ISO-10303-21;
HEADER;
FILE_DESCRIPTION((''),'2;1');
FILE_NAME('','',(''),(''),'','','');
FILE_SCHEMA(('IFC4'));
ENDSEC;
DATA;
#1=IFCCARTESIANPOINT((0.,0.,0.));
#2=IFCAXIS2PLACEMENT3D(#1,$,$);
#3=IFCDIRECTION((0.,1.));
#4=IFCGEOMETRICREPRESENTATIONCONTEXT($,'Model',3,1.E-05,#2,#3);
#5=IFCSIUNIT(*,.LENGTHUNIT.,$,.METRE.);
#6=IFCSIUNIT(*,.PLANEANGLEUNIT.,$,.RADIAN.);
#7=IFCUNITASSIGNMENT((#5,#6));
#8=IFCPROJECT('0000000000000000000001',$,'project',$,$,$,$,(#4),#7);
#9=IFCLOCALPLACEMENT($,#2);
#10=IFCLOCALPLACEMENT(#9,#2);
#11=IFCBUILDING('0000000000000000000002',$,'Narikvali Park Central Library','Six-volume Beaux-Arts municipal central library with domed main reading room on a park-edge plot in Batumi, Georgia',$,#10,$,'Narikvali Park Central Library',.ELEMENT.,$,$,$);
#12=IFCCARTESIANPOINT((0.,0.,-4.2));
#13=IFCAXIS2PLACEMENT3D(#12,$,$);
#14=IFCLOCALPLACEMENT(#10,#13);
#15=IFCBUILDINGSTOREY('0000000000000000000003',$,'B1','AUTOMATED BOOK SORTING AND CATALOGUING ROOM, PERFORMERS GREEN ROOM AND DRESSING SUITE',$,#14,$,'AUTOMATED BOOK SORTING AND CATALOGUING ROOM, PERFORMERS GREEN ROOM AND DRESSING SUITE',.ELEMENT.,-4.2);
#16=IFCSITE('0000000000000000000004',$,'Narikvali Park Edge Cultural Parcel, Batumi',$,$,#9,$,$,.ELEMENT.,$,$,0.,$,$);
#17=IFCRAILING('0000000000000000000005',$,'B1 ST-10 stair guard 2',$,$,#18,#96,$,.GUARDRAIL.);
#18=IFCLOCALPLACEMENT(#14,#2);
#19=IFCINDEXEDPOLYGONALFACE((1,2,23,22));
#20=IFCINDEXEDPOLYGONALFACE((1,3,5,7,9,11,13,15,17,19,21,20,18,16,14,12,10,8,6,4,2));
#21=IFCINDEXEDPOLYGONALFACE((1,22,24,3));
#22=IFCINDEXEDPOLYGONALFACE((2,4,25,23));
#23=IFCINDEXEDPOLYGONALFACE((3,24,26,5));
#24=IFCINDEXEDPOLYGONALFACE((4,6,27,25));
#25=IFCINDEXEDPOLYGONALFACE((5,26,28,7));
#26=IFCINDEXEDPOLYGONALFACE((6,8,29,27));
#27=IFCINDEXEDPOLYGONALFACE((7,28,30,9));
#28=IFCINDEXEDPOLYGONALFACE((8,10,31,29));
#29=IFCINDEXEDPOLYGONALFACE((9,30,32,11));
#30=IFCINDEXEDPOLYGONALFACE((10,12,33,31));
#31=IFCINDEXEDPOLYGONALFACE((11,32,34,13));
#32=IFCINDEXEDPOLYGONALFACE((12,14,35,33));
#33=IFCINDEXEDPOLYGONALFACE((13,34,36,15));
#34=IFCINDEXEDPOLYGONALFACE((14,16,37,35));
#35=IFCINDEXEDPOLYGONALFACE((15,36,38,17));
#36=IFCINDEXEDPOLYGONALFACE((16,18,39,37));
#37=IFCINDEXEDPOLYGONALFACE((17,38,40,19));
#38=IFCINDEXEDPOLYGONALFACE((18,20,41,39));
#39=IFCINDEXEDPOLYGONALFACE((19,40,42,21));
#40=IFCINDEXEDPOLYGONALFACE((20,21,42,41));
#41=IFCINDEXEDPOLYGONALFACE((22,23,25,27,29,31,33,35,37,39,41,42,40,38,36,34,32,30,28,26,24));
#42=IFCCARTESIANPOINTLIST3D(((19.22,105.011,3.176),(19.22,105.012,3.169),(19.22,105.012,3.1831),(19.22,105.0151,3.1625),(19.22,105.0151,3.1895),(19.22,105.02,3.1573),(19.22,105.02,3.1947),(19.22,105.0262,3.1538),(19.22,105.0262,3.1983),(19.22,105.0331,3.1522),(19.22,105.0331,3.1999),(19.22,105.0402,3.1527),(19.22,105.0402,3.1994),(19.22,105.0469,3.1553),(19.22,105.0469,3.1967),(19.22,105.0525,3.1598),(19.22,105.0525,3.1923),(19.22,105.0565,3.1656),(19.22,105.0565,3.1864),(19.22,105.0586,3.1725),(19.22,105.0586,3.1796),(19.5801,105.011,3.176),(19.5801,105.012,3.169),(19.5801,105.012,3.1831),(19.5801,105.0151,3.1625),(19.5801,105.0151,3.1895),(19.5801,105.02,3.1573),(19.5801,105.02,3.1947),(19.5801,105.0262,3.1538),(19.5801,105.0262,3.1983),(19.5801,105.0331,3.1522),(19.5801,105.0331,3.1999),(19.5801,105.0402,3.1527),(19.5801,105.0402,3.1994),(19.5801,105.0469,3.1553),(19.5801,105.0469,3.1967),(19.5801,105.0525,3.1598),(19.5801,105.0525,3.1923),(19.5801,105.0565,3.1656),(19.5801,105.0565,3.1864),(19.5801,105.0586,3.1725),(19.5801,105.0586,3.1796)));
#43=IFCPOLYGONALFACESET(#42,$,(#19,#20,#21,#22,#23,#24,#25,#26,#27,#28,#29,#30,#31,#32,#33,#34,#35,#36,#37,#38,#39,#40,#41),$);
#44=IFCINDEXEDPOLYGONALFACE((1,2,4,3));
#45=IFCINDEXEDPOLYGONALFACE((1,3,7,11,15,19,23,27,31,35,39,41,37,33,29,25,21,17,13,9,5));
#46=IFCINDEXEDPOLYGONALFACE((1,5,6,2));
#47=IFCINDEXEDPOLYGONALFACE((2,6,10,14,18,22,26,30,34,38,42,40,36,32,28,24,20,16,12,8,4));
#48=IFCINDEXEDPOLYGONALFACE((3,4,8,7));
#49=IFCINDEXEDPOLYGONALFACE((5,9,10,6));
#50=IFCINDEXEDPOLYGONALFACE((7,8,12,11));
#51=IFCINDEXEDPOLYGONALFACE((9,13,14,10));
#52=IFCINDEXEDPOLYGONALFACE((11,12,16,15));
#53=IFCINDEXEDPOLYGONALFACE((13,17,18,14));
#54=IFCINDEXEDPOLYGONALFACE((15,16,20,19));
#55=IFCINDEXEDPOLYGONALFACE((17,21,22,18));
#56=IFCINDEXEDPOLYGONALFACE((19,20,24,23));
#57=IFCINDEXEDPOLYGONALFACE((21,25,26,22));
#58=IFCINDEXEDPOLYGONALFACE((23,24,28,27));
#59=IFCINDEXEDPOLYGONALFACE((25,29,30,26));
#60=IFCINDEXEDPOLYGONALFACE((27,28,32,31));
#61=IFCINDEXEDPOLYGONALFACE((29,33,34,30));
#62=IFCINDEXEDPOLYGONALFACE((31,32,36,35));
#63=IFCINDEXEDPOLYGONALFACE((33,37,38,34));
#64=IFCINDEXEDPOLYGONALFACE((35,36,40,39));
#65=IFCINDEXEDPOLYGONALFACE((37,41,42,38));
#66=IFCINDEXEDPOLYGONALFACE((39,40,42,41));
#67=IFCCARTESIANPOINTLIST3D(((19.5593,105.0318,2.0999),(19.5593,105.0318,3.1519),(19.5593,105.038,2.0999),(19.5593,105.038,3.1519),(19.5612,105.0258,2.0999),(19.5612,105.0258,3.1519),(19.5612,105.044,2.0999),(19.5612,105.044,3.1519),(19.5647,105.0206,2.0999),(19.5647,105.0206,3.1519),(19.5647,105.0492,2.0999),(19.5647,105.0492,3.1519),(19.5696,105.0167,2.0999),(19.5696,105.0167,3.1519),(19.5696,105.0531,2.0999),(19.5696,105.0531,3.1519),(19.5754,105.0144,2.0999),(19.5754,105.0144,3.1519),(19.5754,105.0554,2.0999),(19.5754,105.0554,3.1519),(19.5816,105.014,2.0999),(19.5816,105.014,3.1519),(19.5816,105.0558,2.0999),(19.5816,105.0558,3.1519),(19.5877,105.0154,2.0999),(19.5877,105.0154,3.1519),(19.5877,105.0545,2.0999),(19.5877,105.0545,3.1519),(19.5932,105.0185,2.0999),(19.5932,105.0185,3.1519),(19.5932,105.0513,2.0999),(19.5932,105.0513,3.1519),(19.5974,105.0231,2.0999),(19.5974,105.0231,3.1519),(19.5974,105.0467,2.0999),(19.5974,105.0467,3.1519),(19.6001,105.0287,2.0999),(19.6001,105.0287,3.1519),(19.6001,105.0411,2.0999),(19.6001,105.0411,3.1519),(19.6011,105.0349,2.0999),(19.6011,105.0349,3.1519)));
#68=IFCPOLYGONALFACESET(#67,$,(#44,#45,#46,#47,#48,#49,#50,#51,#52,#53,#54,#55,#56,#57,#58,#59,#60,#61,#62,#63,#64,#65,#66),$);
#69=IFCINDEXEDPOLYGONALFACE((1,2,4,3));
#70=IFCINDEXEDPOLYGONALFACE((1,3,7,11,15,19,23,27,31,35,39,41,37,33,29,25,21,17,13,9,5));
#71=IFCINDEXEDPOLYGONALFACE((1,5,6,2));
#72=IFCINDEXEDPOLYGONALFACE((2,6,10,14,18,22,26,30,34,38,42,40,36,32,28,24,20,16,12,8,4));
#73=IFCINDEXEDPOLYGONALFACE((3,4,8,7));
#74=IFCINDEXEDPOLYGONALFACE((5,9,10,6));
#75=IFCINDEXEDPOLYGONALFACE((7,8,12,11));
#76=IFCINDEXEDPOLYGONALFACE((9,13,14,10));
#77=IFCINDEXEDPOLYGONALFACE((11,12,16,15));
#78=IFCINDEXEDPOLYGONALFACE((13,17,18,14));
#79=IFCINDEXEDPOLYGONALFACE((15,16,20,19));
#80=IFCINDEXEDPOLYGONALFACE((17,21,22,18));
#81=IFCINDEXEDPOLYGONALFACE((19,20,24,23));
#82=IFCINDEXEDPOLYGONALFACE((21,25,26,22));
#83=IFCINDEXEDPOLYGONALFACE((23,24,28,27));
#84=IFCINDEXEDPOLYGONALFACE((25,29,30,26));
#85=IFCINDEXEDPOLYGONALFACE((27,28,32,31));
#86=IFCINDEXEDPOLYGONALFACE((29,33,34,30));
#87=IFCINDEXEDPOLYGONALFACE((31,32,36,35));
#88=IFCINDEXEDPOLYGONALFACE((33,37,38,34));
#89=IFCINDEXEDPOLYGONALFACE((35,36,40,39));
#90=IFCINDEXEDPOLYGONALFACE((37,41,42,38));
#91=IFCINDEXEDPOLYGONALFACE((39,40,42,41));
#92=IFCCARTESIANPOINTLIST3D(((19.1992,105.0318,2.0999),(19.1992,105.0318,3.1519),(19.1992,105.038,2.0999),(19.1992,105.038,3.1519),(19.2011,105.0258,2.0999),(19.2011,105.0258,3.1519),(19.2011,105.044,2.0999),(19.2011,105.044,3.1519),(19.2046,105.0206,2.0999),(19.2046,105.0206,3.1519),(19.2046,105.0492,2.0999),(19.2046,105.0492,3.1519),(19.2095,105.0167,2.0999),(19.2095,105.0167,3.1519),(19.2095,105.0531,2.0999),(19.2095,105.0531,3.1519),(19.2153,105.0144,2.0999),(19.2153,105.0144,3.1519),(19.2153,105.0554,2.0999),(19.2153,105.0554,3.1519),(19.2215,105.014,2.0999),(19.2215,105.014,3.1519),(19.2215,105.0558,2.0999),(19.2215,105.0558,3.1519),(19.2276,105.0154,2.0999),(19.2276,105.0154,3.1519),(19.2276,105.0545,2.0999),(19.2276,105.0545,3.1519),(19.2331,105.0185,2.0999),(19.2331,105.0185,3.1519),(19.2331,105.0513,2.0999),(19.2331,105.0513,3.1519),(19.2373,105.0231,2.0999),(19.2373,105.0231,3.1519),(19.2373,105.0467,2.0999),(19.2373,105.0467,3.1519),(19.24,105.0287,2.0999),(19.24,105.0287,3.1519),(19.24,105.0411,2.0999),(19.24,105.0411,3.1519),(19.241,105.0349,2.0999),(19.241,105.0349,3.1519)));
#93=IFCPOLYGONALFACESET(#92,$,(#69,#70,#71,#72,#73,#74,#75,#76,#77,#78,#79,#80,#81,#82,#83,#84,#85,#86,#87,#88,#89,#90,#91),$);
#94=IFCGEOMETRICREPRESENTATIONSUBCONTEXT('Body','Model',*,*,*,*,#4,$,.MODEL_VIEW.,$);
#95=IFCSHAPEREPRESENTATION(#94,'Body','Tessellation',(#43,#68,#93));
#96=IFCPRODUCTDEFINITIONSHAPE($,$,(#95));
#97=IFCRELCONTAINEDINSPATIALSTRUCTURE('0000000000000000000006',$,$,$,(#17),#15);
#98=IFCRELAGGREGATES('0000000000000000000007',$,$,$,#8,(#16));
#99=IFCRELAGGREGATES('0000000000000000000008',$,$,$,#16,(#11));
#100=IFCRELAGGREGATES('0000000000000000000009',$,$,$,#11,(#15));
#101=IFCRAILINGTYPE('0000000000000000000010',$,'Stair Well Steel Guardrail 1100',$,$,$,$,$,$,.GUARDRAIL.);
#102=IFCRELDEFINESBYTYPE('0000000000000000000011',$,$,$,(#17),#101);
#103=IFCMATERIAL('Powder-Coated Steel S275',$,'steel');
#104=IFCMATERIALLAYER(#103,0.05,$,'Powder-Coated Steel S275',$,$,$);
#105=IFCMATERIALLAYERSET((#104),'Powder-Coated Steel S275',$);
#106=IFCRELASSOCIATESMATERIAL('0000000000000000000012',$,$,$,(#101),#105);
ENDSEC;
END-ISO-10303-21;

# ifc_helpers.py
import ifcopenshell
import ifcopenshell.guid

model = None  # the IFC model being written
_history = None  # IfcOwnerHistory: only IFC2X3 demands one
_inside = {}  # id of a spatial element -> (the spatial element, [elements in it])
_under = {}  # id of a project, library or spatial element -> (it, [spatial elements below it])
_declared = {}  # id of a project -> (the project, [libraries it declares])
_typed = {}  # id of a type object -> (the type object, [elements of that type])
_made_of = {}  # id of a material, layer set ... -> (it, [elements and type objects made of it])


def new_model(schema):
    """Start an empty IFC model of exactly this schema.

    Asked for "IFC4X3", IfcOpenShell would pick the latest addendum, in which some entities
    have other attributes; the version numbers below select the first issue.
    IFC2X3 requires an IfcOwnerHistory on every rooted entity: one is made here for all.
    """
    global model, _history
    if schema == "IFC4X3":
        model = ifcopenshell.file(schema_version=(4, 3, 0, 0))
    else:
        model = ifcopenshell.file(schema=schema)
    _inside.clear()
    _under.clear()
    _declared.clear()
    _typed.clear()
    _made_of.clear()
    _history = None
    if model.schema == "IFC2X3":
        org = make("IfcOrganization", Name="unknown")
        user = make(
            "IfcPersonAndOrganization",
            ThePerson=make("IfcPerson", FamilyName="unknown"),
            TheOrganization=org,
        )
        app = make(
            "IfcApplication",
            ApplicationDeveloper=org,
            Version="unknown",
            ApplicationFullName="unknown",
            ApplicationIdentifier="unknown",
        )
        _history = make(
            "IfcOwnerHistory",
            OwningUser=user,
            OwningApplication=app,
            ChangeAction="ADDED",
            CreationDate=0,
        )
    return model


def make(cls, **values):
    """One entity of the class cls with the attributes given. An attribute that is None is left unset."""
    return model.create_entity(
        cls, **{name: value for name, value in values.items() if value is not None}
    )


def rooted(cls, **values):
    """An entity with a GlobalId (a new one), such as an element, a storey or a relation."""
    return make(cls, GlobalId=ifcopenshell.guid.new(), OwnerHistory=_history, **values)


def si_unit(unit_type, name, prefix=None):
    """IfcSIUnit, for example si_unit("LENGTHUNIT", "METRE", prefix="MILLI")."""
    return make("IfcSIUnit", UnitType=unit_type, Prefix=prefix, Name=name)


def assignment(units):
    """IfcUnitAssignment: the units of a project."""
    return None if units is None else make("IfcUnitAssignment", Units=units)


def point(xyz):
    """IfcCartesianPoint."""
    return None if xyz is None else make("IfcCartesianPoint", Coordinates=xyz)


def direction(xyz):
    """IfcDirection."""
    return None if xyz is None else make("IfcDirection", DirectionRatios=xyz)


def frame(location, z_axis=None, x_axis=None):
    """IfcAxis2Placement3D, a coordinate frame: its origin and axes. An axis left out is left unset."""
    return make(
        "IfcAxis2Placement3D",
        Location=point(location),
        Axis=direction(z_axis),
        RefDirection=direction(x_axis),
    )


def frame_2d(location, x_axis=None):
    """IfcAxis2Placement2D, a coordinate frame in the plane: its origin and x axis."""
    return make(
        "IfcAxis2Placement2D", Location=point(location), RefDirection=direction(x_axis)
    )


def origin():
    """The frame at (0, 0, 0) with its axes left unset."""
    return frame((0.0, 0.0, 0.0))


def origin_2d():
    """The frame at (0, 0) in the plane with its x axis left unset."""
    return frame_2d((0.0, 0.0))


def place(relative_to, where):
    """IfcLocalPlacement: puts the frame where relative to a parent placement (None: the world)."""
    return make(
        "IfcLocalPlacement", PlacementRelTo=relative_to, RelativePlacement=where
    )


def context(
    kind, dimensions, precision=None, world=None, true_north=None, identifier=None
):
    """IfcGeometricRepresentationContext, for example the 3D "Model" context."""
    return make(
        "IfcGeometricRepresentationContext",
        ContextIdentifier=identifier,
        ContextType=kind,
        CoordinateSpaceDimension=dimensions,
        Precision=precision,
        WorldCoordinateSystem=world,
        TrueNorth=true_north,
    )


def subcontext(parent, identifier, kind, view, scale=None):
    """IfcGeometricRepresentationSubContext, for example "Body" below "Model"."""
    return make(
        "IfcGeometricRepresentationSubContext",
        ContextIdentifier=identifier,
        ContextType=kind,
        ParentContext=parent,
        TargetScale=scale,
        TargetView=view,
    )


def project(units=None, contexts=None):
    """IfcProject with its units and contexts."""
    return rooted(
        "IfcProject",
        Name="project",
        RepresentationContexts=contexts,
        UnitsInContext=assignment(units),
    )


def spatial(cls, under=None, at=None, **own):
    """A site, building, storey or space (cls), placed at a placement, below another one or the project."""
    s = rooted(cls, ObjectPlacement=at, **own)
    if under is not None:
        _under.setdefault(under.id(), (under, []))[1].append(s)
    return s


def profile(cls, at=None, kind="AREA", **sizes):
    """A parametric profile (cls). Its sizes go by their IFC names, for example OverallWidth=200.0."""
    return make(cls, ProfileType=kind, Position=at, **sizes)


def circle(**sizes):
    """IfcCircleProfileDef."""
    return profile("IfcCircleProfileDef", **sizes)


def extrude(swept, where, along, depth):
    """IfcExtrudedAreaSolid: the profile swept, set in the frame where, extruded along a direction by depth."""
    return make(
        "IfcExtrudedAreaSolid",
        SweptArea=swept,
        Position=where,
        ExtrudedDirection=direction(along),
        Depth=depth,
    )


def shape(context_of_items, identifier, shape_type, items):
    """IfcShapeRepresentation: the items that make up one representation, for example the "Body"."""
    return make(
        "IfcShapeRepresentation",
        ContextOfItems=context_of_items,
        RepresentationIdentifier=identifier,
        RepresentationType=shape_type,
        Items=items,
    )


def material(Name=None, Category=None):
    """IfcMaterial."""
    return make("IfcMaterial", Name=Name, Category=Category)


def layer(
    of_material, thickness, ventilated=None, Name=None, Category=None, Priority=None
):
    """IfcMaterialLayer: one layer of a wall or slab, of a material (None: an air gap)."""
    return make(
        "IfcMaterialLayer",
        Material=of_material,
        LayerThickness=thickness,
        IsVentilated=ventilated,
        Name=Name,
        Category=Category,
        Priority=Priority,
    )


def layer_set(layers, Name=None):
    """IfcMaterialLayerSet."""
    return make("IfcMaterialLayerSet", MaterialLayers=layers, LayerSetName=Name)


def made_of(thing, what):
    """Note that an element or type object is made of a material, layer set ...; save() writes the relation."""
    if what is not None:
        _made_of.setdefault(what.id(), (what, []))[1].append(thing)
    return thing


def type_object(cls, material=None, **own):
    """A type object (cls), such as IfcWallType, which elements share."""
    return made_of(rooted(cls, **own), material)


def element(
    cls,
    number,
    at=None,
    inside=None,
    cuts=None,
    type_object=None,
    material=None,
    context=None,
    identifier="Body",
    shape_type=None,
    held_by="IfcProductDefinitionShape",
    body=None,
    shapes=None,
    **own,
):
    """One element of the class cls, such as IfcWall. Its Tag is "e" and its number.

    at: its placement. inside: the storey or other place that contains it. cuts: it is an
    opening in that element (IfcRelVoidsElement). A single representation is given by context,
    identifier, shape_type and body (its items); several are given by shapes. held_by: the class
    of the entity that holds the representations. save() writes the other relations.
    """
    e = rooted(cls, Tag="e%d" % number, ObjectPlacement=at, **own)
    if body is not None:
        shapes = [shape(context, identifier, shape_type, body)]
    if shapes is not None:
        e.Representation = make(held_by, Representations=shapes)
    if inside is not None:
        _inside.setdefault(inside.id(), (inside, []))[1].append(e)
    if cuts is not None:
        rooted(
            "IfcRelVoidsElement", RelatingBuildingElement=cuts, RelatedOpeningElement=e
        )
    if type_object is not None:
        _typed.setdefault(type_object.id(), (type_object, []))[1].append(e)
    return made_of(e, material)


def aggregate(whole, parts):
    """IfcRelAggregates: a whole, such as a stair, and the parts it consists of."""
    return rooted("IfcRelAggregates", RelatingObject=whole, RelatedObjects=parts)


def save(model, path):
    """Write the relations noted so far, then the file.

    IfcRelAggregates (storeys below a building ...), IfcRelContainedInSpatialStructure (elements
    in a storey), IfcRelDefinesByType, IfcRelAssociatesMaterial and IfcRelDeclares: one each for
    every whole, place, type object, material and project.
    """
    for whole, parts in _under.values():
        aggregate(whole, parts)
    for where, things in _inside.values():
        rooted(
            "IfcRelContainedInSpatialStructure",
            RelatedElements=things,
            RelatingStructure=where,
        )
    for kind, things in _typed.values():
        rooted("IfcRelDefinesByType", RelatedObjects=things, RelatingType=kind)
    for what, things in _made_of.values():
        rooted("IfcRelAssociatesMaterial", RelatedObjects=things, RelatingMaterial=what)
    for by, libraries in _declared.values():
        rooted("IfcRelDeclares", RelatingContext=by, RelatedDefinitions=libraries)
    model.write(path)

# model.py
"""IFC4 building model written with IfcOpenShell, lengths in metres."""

from ifc_helpers import new_model, si_unit, direction, frame, origin, origin_2d, place, context, subcontext, project, spatial, circle, extrude, material, layer, layer_set, type_object, element, save


model = new_model("IFC4")

# Units and contexts
model_context = context("Model", 3, precision=1e-05, world=origin(), true_north=direction((0.0, 1.0)))
body_context = subcontext(model_context, "Body", "Model", "MODEL_VIEW")
ifc_project = project(units=[si_unit("LENGTHUNIT", "METRE"), si_unit("PLANEANGLEUNIT", "RADIAN")], contexts=[model_context])

# Site, building, storey
site_placement = place(None, origin())
site = spatial("IfcSite", under=ifc_project, at=site_placement, Name="Narikvali Park Edge Cultural Parcel, Batumi", CompositionType="ELEMENT", RefElevation=0.0)
building_placement = place(site_placement, origin())
building = spatial("IfcBuilding", under=site, at=building_placement, Name="Narikvali Park Central Library", Description="Six-volume Beaux-Arts municipal central library with domed main reading room on a park-edge plot in Batumi, Georgia", LongName="Narikvali Park Central Library", CompositionType="ELEMENT")
storey_placement = place(building_placement, frame((0.0, 0.0, -4.2)))
storey = spatial("IfcBuildingStorey", under=building, at=storey_placement, Name="B1", Description="AUTOMATED BOOK SORTING AND CATALOGUING ROOM, PERFORMERS GREEN ROOM AND DRESSING SUITE", LongName="AUTOMATED BOOK SORTING AND CATALOGUING ROOM, PERFORMERS GREEN ROOM AND DRESSING SUITE", CompositionType="ELEMENT", Elevation=-4.2)

# Railing
ifc_material_1 = material(Name="Powder-Coated Steel S275", Category="steel")
ifc_layer_1 = layer(ifc_material_1, 0.05, Name="Powder-Coated Steel S275")
ifc_layer_set_1 = layer_set([ifc_layer_1], Name="Powder-Coated Steel S275")
railing_type_1 = type_object("IfcRailingType", Name="Stair Well Steel Guardrail 1100", PredefinedType="GUARDRAIL", material=ifc_layer_set_1)
railing_1_placement = place(storey_placement, frame((19.5801, 105.0349, 2.0999)))
element("IfcRailing", 1, at=railing_1_placement, inside=storey, type_object=railing_type_1, Name="B1 ST-10 stair guard 2", PredefinedType="GUARDRAIL", context=body_context, shape_type="SweptSolid", body=[
    extrude(circle(Radius=0.0239, at=origin_2d()), frame((0.0, 0.0, 1.0762), z_axis=(-1.0, 0.0, 0.0), x_axis=(0.0, -1.0, 0.0)), (0.0, 0.0, 1.0), 0.3601),
    extrude(circle(Radius=0.021, at=origin_2d()), origin(), (0.0, 0.0, 1.0), 1.052),
    extrude(circle(Radius=0.021, at=origin_2d()), frame((-0.3601, 0.0, 0.0)), (0.0, 0.0, 1.0), 1.052),
])

save(model, "model.ifc")
